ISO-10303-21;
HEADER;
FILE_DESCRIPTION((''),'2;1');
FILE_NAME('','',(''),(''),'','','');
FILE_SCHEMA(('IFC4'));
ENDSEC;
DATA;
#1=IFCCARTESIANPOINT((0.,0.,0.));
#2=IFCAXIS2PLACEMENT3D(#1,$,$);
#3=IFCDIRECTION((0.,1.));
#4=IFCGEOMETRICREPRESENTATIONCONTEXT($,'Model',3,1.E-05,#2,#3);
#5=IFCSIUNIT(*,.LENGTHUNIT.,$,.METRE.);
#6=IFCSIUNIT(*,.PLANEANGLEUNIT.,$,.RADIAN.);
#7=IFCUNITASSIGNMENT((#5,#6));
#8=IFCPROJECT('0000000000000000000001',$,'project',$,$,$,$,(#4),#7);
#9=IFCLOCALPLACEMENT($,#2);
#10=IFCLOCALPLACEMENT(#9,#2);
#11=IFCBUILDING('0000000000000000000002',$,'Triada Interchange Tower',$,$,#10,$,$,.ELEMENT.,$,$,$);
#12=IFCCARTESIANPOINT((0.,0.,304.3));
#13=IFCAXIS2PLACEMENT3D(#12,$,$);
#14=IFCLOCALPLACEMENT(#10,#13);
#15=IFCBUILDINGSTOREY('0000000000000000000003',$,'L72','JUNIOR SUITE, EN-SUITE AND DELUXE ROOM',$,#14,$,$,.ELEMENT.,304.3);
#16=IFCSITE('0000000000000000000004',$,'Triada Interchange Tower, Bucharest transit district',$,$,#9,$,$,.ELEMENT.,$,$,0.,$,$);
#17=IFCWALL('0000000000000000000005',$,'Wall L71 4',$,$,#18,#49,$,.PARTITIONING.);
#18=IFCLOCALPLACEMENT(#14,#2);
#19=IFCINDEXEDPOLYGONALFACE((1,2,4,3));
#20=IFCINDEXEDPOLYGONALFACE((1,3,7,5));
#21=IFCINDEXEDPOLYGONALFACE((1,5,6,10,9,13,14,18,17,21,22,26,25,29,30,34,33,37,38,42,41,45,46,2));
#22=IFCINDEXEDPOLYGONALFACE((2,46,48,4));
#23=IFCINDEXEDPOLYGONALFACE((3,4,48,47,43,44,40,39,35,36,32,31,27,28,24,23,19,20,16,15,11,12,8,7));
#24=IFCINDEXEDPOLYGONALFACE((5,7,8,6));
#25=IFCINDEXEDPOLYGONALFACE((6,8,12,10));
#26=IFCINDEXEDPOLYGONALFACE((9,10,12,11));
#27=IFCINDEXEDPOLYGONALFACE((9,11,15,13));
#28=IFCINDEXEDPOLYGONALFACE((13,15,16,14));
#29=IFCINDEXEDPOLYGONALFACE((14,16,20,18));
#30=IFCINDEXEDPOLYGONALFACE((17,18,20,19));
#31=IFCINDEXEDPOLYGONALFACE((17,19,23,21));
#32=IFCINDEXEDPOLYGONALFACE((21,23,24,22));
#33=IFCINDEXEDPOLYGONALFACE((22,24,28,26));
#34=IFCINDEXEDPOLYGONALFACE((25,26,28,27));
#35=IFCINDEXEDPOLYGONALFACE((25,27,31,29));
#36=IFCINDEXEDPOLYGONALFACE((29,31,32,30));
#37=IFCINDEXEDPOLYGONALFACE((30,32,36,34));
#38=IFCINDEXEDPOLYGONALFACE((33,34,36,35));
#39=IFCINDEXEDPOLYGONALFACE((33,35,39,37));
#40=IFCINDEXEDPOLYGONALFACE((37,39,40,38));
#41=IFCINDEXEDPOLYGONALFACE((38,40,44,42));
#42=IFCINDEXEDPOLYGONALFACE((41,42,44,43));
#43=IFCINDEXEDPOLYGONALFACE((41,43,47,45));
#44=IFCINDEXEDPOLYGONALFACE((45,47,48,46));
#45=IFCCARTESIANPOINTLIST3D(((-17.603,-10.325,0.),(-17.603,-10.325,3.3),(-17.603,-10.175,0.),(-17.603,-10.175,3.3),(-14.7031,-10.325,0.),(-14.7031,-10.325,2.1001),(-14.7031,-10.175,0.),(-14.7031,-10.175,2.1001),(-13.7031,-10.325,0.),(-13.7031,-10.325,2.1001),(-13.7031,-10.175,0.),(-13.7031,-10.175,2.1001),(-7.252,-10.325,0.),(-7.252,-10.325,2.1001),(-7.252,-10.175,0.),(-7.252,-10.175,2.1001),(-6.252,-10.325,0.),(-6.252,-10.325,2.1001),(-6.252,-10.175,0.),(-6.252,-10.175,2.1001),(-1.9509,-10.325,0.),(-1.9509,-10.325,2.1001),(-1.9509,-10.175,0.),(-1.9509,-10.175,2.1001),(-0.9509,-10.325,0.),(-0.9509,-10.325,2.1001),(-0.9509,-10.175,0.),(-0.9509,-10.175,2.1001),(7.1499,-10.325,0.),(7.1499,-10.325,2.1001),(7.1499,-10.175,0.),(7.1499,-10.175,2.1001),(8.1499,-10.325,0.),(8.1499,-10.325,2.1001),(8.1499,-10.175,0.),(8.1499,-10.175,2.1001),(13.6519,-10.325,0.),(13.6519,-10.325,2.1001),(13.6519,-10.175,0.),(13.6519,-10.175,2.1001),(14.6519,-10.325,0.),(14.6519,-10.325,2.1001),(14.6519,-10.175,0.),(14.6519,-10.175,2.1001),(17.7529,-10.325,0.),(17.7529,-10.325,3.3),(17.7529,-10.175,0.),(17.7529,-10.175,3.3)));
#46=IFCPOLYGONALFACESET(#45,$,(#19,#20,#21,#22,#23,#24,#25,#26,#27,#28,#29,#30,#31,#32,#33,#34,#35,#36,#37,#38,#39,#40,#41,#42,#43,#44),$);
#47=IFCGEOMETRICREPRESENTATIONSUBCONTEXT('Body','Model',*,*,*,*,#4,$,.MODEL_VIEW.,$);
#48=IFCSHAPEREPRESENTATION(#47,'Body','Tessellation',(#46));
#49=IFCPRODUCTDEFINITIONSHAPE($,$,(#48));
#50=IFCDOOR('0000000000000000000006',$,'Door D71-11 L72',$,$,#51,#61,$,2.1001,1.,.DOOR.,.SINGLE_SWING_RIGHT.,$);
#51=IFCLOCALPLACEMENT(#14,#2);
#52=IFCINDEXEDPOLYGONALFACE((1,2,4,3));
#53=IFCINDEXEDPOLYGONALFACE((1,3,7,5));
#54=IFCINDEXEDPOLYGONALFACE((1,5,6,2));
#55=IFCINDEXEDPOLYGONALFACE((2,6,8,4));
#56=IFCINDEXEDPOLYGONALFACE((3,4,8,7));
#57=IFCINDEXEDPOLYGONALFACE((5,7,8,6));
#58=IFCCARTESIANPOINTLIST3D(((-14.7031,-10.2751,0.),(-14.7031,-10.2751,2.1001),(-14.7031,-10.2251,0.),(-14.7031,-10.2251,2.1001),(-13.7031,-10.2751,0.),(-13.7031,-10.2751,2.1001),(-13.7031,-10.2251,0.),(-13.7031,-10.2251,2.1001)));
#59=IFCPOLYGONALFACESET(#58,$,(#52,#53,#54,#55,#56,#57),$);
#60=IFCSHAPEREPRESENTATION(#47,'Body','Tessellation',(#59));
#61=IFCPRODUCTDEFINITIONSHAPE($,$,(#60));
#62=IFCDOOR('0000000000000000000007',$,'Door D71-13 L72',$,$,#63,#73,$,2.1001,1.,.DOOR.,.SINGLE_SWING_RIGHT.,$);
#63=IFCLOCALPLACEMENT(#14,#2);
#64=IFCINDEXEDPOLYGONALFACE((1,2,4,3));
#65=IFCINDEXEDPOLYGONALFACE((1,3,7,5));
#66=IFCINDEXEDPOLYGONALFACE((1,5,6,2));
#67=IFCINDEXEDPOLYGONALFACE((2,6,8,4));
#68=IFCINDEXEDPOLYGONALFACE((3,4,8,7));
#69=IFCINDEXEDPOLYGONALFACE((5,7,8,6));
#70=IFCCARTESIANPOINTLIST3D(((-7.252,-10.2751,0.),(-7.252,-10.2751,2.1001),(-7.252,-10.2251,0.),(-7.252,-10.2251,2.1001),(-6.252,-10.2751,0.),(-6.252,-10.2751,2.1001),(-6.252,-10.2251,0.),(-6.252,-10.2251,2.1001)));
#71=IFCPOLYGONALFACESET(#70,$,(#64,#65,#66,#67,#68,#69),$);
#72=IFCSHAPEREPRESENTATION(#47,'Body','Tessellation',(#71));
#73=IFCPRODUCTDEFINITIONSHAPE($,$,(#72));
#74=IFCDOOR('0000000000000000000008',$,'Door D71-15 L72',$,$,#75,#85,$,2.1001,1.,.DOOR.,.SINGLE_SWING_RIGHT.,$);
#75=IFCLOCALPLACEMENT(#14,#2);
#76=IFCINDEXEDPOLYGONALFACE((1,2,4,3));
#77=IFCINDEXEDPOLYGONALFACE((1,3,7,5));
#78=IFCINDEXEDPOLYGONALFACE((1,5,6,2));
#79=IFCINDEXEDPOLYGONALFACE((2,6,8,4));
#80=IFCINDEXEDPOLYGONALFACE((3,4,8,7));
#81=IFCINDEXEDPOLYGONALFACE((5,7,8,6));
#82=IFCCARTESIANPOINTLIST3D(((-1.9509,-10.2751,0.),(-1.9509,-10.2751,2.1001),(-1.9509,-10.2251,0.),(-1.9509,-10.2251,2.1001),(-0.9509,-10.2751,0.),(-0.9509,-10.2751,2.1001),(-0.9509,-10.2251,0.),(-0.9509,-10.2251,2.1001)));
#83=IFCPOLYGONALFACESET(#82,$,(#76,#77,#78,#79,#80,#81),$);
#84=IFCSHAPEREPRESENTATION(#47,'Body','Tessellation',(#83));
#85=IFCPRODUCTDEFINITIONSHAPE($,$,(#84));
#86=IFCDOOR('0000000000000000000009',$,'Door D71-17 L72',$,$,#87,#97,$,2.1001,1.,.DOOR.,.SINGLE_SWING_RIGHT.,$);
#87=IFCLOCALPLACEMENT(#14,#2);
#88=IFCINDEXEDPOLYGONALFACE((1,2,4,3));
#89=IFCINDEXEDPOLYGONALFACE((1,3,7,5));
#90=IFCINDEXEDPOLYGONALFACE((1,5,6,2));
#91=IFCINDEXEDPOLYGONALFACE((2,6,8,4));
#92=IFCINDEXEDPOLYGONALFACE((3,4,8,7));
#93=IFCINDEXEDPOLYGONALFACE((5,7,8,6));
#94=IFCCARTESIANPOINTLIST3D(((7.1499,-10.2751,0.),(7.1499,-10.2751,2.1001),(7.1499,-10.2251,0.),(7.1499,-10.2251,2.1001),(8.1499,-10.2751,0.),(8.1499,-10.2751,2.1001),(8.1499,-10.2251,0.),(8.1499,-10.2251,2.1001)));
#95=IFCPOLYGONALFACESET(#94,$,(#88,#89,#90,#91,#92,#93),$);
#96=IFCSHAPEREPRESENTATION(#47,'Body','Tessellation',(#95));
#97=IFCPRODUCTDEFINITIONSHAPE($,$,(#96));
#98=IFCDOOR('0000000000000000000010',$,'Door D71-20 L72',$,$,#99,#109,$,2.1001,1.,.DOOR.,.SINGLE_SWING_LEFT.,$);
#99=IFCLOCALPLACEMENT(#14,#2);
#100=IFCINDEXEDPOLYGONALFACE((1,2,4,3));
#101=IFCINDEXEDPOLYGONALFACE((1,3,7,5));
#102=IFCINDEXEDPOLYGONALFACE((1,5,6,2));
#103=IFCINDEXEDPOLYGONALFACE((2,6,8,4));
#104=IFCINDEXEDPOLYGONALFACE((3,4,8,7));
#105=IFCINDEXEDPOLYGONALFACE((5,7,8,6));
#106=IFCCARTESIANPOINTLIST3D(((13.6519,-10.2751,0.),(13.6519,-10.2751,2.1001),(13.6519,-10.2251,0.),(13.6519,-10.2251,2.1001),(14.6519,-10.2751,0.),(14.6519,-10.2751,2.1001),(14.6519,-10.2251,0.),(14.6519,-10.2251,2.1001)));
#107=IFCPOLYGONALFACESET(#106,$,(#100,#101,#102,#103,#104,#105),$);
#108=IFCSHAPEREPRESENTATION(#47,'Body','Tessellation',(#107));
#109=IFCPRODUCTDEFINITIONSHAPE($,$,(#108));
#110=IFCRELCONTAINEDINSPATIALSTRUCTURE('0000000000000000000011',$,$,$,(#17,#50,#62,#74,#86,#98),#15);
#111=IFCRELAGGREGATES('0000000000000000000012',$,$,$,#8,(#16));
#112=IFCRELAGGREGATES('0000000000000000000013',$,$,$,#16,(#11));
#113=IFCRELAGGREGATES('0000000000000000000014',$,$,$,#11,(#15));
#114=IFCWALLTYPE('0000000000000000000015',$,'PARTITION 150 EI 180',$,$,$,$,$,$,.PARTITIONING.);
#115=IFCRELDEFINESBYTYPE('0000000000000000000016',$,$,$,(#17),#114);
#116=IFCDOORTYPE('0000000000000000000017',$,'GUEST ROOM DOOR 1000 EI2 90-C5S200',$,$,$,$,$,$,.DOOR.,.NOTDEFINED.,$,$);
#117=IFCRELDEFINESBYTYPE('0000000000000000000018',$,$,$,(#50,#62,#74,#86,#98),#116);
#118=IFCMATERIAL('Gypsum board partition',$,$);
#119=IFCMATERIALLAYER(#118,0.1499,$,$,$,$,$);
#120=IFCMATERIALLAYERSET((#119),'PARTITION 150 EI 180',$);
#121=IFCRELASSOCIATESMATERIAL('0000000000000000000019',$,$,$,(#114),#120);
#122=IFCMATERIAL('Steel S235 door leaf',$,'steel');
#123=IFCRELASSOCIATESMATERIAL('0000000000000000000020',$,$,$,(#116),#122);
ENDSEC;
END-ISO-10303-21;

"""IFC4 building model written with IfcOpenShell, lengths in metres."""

from ifc_helpers import new_model, si_unit, direction, frame, frame_2d, origin, place, context, subcontext, project, spatial, rectangle, extrude, material, layer, layer_set, type_object, element, fill, save


model = new_model("IFC4")

# Units and contexts
model_context = context("Model", 3, precision=1e-05, world=origin(), true_north=direction((0.0, 1.0)))
body_context = subcontext(model_context, "Body", "Model", "MODEL_VIEW")
ifc_project = project(units=[si_unit("LENGTHUNIT", "METRE"), si_unit("PLANEANGLEUNIT", "RADIAN")], contexts=[model_context])

# Site, building, storey
site_placement = place(None, origin())
site = spatial("IfcSite", under=ifc_project, at=site_placement, Name="Triada Interchange Tower, Bucharest transit district", CompositionType="ELEMENT", RefElevation=0.0)
building_placement = place(site_placement, origin())
building = spatial("IfcBuilding", under=site, at=building_placement, Name="Triada Interchange Tower", CompositionType="ELEMENT")
storey_placement = place(building_placement, frame((0.0, 0.0, 304.3)))
storey = spatial("IfcBuildingStorey", under=building, at=storey_placement, Name="L72", Description="JUNIOR SUITE, EN-SUITE AND DELUXE ROOM", CompositionType="ELEMENT", Elevation=304.3)

# Wall, openings, doors
ifc_material_1 = material(Name="Gypsum board partition")
ifc_layer_1 = layer(ifc_material_1, 0.1499)
ifc_layer_set_1 = layer_set([ifc_layer_1], Name="PARTITION 150 EI 180")
wall_type_1 = type_object("IfcWallType", Name="PARTITION 150 EI 180", PredefinedType="PARTITIONING", material=ifc_layer_set_1)
wall_1_placement = place(storey_placement, frame((-17.603, -10.25, 0.0), z_axis=(0.0, 0.0, 1.0), x_axis=(1.0, 0.0, 0.0)))
wall_1 = element("IfcWall", 1, at=wall_1_placement, inside=storey, type_object=wall_type_1, Name="Wall L71 4", PredefinedType="PARTITIONING", context=body_context, shape_type="SweptSolid", body=[
    extrude(rectangle(XDim=35.356, YDim=0.1499, at=frame_2d((17.678, 0.0))), origin(), (0.0, 0.0, 1.0), 3.3),
])
opening_1_placement = place(wall_1_placement, frame((2.8999, 0.0, 0.0)))
opening_1 = element("IfcOpeningElement", 2, at=opening_1_placement, cuts=wall_1, PredefinedType="OPENING", context=body_context, shape_type="SweptSolid", body=[
    extrude(rectangle(XDim=1.0, YDim=2.1001, at=frame_2d((0.5, 1.05))), frame((0.0, 0.085, 0.0), z_axis=(0.0, -1.0, 0.0), x_axis=(1.0, 0.0, 0.0)), (0.0, 0.0, 1.0), 0.1699),
])
opening_2_placement = place(wall_1_placement, frame((10.3511, 0.0, 0.0)))
opening_2 = element("IfcOpeningElement", 3, at=opening_2_placement, cuts=wall_1, PredefinedType="OPENING", context=body_context, shape_type="SweptSolid", body=[
    extrude(rectangle(XDim=1.0, YDim=2.1001, at=frame_2d((0.5, 1.05))), frame((0.0, 0.085, 0.0), z_axis=(0.0, -1.0, 0.0), x_axis=(1.0, 0.0, 0.0)), (0.0, 0.0, 1.0), 0.1699),
])
opening_3_placement = place(wall_1_placement, frame((15.6521, 0.0, 0.0)))
opening_3 = element("IfcOpeningElement", 4, at=opening_3_placement, cuts=wall_1, PredefinedType="OPENING", context=body_context, shape_type="SweptSolid", body=[
    extrude(rectangle(XDim=1.0, YDim=2.1001, at=frame_2d((0.5, 1.05))), frame((0.0, 0.085, 0.0), z_axis=(0.0, -1.0, 0.0), x_axis=(1.0, 0.0, 0.0)), (0.0, 0.0, 1.0), 0.1699),
])
opening_4_placement = place(wall_1_placement, frame((24.7529, 0.0, 0.0)))
opening_4 = element("IfcOpeningElement", 5, at=opening_4_placement, cuts=wall_1, PredefinedType="OPENING", context=body_context, shape_type="SweptSolid", body=[
    extrude(rectangle(XDim=1.0, YDim=2.1001, at=frame_2d((0.5, 1.05))), frame((0.0, 0.085, 0.0), z_axis=(0.0, -1.0, 0.0), x_axis=(1.0, 0.0, 0.0)), (0.0, 0.0, 1.0), 0.1699),
])
opening_5_placement = place(wall_1_placement, frame((31.2549, 0.0, 0.0)))
opening_5 = element("IfcOpeningElement", 6, at=opening_5_placement, cuts=wall_1, PredefinedType="OPENING", context=body_context, shape_type="SweptSolid", body=[
    extrude(rectangle(XDim=1.0, YDim=2.1001, at=frame_2d((0.5, 1.05))), frame((0.0, 0.085, 0.0), z_axis=(0.0, -1.0, 0.0), x_axis=(1.0, 0.0, 0.0)), (0.0, 0.0, 1.0), 0.1699),
])
ifc_material_2 = material(Name="Steel S235 door leaf", Category="steel")
door_type_1 = type_object("IfcDoorType", Name="GUEST ROOM DOOR 1000 EI2 90-C5S200", OperationType="NOTDEFINED", PredefinedType="DOOR", material=ifc_material_2)
door_1_placement = place(opening_1_placement, origin())
door_1 = element("IfcDoor", 7, at=door_1_placement, inside=storey, type_object=door_type_1, Name="Door D71-11 L72", OperationType="SINGLE_SWING_RIGHT", OverallHeight=2.1001, OverallWidth=1.0, PredefinedType="DOOR", context=body_context, shape_type="SweptSolid", body=[
    extrude(rectangle(XDim=1.0, YDim=2.1001, at=frame_2d((0.5, 1.05))), frame((0.0, 0.0249, 0.0), z_axis=(0.0, -1.0, 0.0), x_axis=(1.0, 0.0, 0.0)), (0.0, 0.0, 1.0), 0.05),
])
fill(opening_1, door_1)
door_2_placement = place(opening_2_placement, origin())
door_2 = element("IfcDoor", 8, at=door_2_placement, inside=storey, type_object=door_type_1, Name="Door D71-13 L72", OperationType="SINGLE_SWING_RIGHT", OverallHeight=2.1001, OverallWidth=1.0, PredefinedType="DOOR", context=body_context, shape_type="SweptSolid", body=[
    extrude(rectangle(XDim=1.0, YDim=2.1001, at=frame_2d((0.5, 1.05))), frame((0.0, 0.0249, 0.0), z_axis=(0.0, -1.0, 0.0), x_axis=(1.0, 0.0, 0.0)), (0.0, 0.0, 1.0), 0.05),
])
fill(opening_2, door_2)
door_3_placement = place(opening_3_placement, origin())
door_3 = element("IfcDoor", 9, at=door_3_placement, inside=storey, type_object=door_type_1, Name="Door D71-15 L72", OperationType="SINGLE_SWING_RIGHT", OverallHeight=2.1001, OverallWidth=1.0, PredefinedType="DOOR", context=body_context, shape_type="SweptSolid", body=[
    extrude(rectangle(XDim=1.0, YDim=2.1001, at=frame_2d((0.5, 1.05))), frame((0.0, 0.0249, 0.0), z_axis=(0.0, -1.0, 0.0), x_axis=(1.0, 0.0, 0.0)), (0.0, 0.0, 1.0), 0.05),
])
fill(opening_3, door_3)
door_4_placement = place(opening_4_placement, origin())
door_4 = element("IfcDoor", 10, at=door_4_placement, inside=storey, type_object=door_type_1, Name="Door D71-17 L72", OperationType="SINGLE_SWING_RIGHT", OverallHeight=2.1001, OverallWidth=1.0, PredefinedType="DOOR", context=body_context, shape_type="SweptSolid", body=[
    extrude(rectangle(XDim=1.0, YDim=2.1001, at=frame_2d((0.5, 1.05))), frame((0.0, 0.0249, 0.0), z_axis=(0.0, -1.0, 0.0), x_axis=(1.0, 0.0, 0.0)), (0.0, 0.0, 1.0), 0.05),
])
fill(opening_4, door_4)
door_5_placement = place(opening_5_placement, origin())
door_5 = element("IfcDoor", 11, at=door_5_placement, inside=storey, type_object=door_type_1, Name="Door D71-20 L72", OperationType="SINGLE_SWING_LEFT", OverallHeight=2.1001, OverallWidth=1.0, PredefinedType="DOOR", context=body_context, shape_type="SweptSolid", body=[
    extrude(rectangle(XDim=1.0, YDim=2.1001, at=frame_2d((0.5, 1.05))), frame((0.0, 0.0249, 0.0), z_axis=(0.0, -1.0, 0.0), x_axis=(1.0, 0.0, 0.0)), (0.0, 0.0, 1.0), 0.05),
])
fill(opening_5, door_5)

save(model, "model.ifc")
